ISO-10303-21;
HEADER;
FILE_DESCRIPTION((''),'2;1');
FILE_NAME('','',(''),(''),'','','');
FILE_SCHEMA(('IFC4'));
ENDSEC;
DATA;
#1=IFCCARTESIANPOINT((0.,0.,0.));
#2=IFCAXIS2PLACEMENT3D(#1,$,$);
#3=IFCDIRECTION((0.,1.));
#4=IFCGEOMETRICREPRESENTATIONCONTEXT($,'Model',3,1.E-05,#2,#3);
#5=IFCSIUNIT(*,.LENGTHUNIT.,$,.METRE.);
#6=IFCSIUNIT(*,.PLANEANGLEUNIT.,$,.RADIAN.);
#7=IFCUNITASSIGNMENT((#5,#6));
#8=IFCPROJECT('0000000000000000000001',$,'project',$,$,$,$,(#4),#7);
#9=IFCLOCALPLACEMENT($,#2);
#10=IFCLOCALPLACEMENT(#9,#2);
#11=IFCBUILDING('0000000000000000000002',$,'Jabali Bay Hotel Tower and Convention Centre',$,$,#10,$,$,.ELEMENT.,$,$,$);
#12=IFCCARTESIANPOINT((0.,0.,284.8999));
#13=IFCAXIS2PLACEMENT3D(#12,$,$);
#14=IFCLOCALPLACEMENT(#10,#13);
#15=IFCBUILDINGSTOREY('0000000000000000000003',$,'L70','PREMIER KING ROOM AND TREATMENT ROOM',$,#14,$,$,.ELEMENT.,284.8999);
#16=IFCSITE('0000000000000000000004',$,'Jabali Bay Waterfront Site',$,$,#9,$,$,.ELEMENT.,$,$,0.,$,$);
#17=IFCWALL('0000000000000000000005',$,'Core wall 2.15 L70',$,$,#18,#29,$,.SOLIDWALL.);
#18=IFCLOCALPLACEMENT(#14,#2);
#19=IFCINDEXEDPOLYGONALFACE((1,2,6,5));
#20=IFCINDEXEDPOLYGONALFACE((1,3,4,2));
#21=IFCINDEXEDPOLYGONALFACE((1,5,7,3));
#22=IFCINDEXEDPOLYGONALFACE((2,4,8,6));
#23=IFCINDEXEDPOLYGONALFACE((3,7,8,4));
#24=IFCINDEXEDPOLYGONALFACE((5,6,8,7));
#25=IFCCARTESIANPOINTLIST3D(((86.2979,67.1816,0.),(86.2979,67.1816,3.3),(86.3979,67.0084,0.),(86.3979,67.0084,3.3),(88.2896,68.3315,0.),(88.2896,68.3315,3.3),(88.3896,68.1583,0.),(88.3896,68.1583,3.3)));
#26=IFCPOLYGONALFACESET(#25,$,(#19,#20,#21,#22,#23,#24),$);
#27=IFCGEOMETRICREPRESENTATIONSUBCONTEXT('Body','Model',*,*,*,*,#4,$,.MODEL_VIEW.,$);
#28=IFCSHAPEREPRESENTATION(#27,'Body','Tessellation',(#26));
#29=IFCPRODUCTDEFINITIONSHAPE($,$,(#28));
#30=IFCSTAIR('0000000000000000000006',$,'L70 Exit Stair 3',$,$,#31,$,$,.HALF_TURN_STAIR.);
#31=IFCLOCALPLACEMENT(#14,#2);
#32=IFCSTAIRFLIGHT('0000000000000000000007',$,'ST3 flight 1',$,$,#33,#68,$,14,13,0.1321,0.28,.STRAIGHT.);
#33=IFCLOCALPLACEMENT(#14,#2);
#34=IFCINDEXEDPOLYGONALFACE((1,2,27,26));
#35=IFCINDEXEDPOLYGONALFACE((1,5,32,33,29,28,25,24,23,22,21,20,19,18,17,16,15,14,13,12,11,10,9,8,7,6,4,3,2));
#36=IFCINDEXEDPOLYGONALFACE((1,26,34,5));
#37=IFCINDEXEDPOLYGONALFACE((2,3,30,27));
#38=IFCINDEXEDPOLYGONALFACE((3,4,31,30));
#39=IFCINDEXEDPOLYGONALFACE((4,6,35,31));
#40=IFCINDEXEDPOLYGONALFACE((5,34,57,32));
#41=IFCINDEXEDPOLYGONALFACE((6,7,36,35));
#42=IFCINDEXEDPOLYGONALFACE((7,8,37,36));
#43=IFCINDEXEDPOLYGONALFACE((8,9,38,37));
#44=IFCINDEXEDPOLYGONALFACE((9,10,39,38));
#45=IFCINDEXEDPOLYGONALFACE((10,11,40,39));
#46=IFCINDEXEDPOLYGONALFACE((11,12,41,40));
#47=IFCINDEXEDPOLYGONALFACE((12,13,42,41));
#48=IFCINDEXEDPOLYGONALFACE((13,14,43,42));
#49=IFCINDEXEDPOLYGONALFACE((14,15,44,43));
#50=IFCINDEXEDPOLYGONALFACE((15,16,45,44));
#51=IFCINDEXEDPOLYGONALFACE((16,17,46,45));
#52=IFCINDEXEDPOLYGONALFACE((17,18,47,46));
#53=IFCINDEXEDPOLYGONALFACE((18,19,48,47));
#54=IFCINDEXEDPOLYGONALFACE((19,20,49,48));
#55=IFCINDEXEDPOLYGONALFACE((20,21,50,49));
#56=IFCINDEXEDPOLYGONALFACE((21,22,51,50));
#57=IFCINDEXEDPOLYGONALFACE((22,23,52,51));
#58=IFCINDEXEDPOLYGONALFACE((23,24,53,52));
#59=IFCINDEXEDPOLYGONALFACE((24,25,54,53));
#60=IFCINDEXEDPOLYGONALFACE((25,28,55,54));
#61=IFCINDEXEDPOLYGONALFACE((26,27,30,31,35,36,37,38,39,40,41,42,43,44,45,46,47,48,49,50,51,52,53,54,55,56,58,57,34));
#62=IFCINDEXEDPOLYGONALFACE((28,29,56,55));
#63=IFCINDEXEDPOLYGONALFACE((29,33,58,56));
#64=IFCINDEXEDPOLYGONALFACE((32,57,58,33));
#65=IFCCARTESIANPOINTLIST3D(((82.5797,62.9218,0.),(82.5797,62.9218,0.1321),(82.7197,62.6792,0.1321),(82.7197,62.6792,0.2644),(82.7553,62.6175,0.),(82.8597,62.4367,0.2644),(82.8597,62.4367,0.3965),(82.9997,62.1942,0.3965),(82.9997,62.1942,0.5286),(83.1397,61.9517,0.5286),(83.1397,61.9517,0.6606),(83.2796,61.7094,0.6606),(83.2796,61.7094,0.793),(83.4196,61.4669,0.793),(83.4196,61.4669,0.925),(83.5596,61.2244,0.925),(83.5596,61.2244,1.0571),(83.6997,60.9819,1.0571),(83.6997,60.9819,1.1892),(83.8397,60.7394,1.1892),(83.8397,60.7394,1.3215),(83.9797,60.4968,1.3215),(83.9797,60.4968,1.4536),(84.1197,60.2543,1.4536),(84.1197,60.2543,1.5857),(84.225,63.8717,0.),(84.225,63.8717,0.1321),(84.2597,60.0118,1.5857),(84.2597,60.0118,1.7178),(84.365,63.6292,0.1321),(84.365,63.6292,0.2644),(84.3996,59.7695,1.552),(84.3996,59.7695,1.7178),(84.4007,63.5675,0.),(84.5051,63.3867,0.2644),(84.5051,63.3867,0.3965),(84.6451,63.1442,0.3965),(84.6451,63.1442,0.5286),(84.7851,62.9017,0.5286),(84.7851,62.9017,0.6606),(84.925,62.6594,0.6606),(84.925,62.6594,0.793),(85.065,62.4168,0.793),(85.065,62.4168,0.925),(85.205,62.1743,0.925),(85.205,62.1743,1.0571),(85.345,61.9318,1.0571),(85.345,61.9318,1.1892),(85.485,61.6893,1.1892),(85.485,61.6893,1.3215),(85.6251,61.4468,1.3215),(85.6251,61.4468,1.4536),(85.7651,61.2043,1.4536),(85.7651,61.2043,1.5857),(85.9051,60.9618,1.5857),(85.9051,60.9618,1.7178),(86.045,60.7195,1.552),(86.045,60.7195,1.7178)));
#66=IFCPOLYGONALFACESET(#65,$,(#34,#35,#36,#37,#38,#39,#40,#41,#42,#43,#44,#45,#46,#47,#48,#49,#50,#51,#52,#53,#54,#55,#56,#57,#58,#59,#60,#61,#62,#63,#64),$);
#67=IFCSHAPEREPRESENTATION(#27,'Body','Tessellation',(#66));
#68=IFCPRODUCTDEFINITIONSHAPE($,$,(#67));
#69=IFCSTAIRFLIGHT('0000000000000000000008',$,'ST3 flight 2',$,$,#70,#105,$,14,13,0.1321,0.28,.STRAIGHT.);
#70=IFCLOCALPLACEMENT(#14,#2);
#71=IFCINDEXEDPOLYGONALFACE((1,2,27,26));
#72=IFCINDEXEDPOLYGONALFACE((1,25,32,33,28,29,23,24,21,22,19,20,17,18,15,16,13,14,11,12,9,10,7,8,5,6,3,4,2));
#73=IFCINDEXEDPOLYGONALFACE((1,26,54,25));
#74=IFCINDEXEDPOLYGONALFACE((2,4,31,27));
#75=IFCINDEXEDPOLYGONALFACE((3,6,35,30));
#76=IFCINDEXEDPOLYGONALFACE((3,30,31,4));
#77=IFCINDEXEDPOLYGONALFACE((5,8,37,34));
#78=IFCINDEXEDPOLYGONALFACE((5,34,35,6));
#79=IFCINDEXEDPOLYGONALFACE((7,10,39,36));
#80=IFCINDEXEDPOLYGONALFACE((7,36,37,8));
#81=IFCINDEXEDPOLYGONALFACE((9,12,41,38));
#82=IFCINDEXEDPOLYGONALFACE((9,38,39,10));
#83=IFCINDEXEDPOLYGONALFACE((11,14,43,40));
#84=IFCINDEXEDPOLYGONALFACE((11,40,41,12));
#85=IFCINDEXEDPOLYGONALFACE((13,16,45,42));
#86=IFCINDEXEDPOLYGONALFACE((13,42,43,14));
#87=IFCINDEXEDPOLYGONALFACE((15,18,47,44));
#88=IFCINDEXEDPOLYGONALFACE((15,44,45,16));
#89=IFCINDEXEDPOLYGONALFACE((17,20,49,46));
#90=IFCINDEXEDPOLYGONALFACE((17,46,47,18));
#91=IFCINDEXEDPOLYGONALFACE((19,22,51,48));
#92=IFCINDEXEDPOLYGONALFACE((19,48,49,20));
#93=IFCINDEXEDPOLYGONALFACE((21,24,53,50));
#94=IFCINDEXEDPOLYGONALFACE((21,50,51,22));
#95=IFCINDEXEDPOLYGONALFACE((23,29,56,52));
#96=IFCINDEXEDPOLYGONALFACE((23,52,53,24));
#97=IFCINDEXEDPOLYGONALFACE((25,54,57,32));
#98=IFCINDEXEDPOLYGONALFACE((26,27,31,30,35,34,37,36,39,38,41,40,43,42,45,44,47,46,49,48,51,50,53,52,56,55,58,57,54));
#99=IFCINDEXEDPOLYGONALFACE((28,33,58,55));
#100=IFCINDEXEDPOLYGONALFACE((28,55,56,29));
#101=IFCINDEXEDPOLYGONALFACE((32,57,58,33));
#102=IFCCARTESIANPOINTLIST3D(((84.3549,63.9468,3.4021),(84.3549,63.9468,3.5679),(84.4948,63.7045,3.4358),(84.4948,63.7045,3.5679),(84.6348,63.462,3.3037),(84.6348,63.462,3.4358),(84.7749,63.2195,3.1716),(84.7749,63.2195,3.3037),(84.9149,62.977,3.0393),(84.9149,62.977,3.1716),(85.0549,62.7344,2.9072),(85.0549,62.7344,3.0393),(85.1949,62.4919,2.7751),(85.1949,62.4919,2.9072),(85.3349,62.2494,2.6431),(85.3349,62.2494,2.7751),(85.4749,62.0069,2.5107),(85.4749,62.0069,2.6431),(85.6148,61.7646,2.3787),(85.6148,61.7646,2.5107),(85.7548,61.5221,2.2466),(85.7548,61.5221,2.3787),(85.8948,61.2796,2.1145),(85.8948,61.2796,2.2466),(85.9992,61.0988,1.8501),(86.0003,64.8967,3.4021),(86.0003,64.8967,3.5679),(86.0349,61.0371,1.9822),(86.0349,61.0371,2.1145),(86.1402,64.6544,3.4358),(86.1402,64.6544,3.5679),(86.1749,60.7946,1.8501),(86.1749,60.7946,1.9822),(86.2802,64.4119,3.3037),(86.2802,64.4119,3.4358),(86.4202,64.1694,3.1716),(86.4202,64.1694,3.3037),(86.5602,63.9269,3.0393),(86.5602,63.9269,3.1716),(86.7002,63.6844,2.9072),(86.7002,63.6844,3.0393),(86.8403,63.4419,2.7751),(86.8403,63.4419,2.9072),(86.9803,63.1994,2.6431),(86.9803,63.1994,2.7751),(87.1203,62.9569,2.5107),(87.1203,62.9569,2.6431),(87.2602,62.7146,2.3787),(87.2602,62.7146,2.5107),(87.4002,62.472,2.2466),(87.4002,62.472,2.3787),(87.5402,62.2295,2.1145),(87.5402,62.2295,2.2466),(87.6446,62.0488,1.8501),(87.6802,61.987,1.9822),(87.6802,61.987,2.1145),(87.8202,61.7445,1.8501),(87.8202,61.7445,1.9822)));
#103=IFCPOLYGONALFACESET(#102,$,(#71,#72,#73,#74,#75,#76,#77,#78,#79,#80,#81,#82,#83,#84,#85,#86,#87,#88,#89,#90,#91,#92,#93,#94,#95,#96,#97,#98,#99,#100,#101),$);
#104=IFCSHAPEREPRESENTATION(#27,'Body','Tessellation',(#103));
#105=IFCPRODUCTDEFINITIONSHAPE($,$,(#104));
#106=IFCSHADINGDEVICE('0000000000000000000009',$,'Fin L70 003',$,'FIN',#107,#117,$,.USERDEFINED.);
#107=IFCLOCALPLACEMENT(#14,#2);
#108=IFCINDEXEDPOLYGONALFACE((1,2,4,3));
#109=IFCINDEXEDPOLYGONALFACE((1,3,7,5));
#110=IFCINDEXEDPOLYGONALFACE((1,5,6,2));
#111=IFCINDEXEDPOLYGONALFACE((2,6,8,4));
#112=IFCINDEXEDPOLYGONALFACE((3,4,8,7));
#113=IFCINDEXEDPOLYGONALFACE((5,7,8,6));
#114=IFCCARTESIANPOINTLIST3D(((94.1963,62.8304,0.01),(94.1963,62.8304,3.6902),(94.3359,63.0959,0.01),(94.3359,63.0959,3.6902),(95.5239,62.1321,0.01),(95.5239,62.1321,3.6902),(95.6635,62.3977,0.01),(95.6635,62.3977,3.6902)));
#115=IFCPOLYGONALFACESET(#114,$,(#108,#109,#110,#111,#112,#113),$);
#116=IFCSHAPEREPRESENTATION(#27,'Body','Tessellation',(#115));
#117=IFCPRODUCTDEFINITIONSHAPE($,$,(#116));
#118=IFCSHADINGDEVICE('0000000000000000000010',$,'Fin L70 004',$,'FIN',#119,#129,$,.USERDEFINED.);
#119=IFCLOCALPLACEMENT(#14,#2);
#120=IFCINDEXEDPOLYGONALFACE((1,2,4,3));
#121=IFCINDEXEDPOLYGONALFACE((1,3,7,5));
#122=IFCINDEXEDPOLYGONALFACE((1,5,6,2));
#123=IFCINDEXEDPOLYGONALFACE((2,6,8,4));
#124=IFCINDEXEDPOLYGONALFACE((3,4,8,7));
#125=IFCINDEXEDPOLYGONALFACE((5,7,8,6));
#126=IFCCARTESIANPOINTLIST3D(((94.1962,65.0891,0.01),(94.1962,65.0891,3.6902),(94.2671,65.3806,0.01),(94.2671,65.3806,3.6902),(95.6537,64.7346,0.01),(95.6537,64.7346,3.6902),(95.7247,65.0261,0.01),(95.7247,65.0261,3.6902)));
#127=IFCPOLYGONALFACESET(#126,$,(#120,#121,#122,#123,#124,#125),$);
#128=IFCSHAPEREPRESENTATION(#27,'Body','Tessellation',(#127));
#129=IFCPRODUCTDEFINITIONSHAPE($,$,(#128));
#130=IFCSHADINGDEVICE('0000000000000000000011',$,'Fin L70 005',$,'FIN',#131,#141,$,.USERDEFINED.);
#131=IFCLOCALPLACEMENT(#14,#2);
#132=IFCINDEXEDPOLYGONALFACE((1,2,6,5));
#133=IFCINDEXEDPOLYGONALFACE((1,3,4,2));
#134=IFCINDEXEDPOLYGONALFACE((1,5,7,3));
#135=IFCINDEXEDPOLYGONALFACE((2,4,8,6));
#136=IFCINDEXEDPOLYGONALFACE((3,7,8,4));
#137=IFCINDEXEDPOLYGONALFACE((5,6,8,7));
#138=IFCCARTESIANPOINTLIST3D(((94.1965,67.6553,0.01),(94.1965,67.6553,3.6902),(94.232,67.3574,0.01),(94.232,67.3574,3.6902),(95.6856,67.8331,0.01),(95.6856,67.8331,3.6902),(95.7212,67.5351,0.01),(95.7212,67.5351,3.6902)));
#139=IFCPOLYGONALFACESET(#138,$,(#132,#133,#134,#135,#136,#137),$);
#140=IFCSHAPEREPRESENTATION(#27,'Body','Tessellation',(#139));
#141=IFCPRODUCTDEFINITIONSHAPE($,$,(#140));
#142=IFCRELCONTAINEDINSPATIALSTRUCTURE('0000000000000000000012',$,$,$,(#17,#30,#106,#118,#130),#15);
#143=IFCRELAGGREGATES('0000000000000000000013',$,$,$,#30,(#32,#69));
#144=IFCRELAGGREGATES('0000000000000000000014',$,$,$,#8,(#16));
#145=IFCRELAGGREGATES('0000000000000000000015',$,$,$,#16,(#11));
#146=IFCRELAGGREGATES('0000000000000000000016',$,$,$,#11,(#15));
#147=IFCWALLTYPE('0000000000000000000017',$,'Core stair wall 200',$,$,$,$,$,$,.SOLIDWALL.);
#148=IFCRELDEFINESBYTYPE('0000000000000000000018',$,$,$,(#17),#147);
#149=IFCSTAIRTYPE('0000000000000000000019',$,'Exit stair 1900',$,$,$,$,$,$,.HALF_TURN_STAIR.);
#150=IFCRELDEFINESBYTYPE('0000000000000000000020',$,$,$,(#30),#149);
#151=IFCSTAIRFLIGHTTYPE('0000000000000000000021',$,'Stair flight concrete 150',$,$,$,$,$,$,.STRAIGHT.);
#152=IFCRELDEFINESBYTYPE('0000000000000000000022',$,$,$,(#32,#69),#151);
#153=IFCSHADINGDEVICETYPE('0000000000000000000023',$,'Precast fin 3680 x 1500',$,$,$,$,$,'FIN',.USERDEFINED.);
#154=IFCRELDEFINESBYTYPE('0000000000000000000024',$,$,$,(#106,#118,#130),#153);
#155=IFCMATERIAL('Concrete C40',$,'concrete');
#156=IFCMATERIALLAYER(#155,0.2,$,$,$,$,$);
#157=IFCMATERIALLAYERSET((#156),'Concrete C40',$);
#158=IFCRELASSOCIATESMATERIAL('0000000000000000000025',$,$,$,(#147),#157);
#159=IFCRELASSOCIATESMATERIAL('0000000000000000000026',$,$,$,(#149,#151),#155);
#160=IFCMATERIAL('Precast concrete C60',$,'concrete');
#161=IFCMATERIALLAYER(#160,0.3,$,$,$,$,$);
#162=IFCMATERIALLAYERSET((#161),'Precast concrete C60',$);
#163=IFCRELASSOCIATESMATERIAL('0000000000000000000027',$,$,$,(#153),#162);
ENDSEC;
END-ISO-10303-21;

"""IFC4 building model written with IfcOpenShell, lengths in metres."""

from ifc_helpers import new_model, si_unit, direction, frame, frame_2d, origin, place, context, subcontext, project, spatial, polyline, rectangle, outline, extrude, material, layer, layer_set, type_object, element, aggregate, save


model = new_model("IFC4")

# Units and contexts
model_context = context("Model", 3, precision=1e-05, world=origin(), true_north=direction((0.0, 1.0)))
body_context = subcontext(model_context, "Body", "Model", "MODEL_VIEW")
ifc_project = project(units=[si_unit("LENGTHUNIT", "METRE"), si_unit("PLANEANGLEUNIT", "RADIAN")], contexts=[model_context])

# Site, building, storey
site_placement = place(None, origin())
site = spatial("IfcSite", under=ifc_project, at=site_placement, Name="Jabali Bay Waterfront Site", CompositionType="ELEMENT", RefElevation=0.0)
building_placement = place(site_placement, origin())
building = spatial("IfcBuilding", under=site, at=building_placement, Name="Jabali Bay Hotel Tower and Convention Centre", CompositionType="ELEMENT")
storey_placement = place(building_placement, frame((0.0, 0.0, 284.8999)))
storey = spatial("IfcBuildingStorey", under=building, at=storey_placement, Name="L70", Description="PREMIER KING ROOM AND TREATMENT ROOM", CompositionType="ELEMENT", Elevation=284.8999)

# Shared definitions
ifc_material_1 = material(Name="Concrete C40", Category="concrete")
ifc_layer_1 = layer(ifc_material_1, 0.2)
ifc_layer_set_1 = layer_set([ifc_layer_1], Name="Concrete C40")
wall_type_1 = type_object("IfcWallType", Name="Core stair wall 200", PredefinedType="SOLIDWALL", material=ifc_layer_set_1)

# Wall
wall_1_placement = place(storey_placement, frame((86.3479, 67.095, 0.0), z_axis=(0.0, 0.0, 1.0), x_axis=(0.866026, 0.499998, 0.0)))
element("IfcWall", 1, at=wall_1_placement, inside=storey, type_object=wall_type_1, Name="Core wall 2.15 L70", PredefinedType="SOLIDWALL", context=body_context, shape_type="SweptSolid", body=[
    extrude(rectangle(XDim=2.2998, YDim=0.2, at=frame_2d((1.1499, 0.0))), origin(), (0.0, 0.0, 1.0), 3.3),
])

# Stair, stair flights
stair_type = type_object("IfcStairType", Name="Exit stair 1900", PredefinedType="HALF_TURN_STAIR", material=ifc_material_1)
stair_placement = place(storey_placement, origin())
stair = element("IfcStair", 2, at=stair_placement, inside=storey, type_object=stair_type, Name="L70 Exit Stair 3", PredefinedType="HALF_TURN_STAIR")
stair_flight_type = type_object("IfcStairFlightType", Name="Stair flight concrete 150", PredefinedType="STRAIGHT", material=ifc_material_1)
stair_flight_1_placement = place(storey_placement, frame((83.4023, 63.3967, 0.0), z_axis=(0.0, 0.0, 1.0), x_axis=(0.5, -0.866025, 0.0)))
stair_flight_1 = element("IfcStairFlight", 3, at=stair_flight_1_placement, type_object=stair_flight_type, Name="ST3 flight 1", NumberOfRisers=14, NumberOfTreads=13, PredefinedType="STRAIGHT", RiserHeight=0.1321, TreadLength=0.28, context=body_context, shape_type="SweptSolid", body=[
    extrude(outline(polyline([(0.0, 0.0), (0.0, 0.1321), (0.28, 0.1321), (0.28, 0.2644), (0.5601, 0.2644), (0.5601, 0.3965), (0.8401, 0.3965), (0.8401, 0.5286), (1.1201, 0.5286), (1.1201, 0.6606), (1.3999, 0.6606), (1.3999, 0.793), (1.6799, 0.793), (1.6799, 0.925), (1.96, 0.925), (1.96, 1.0571), (2.24, 1.0571), (2.24, 1.1892), (2.52, 1.1892), (2.52, 1.3215), (2.8, 1.3215), (2.8, 1.4536), (3.0801, 1.4536), (3.0801, 1.5857), (3.3601, 1.5857), (3.3601, 1.7178), (3.6399, 1.7178), (3.6399, 1.8501), (3.6399, 1.552), (0.3513, 0.0), (0.0, 0.0)])), frame((0.0, 0.95, 0.0), z_axis=(0.0, -1.0, 0.0), x_axis=(1.0, 0.0, 0.0)), (0.0, 0.0, 1.0), 1.8999),
])
stair_flight_2_placement = place(storey_placement, frame((86.9976, 61.2695, 1.8501), z_axis=(0.0, 0.0, 1.0), x_axis=(-0.5, 0.866025, 0.0)))
stair_flight_2 = element("IfcStairFlight", 4, at=stair_flight_2_placement, type_object=stair_flight_type, Name="ST3 flight 2", NumberOfRisers=14, NumberOfTreads=13, PredefinedType="STRAIGHT", RiserHeight=0.1321, TreadLength=0.28, context=body_context, shape_type="SweptSolid", body=[
    extrude(outline(polyline([(0.0, 0.0), (0.0, 0.1321), (0.28, 0.1321), (0.28, 0.2644), (0.5601, 0.2644), (0.5601, 0.3965), (0.8401, 0.3965), (0.8401, 0.5286), (1.1201, 0.5286), (1.1201, 0.6606), (1.3999, 0.6606), (1.3999, 0.793), (1.6799, 0.793), (1.6799, 0.925), (1.96, 0.925), (1.96, 1.0571), (2.24, 1.0571), (2.24, 1.1892), (2.52, 1.1892), (2.52, 1.3215), (2.8, 1.3215), (2.8, 1.4536), (3.0801, 1.4536), (3.0801, 1.5857), (3.3601, 1.5857), (3.3601, 1.7178), (3.6399, 1.7178), (3.6399, 1.8501), (3.6399, 1.552), (0.3513, 0.0), (0.0, 0.0)])), frame((0.0, 0.95, 0.0), z_axis=(0.0, -1.0, 0.0), x_axis=(1.0, 0.0, 0.0)), (0.0, 0.0, 1.0), 1.8999),
])
aggregate(stair, [stair_flight_1, stair_flight_2])

# Shading devices
ifc_material_2 = material(Name="Precast concrete C60", Category="concrete")
ifc_layer_2 = layer(ifc_material_2, 0.3)
ifc_layer_set_2 = layer_set([ifc_layer_2], Name="Precast concrete C60")
shading_device_type = type_object("IfcShadingDeviceType", Name="Precast fin 3680 x 1500", ElementType="FIN", PredefinedType="USERDEFINED", material=ifc_layer_set_2)
for number, where, z_axis, x_axis, name in (
    (5, (94.2661, 62.9631, 0.01), (0.0, 0.0, 1.0), (0.885059, -0.465478, 0.0), "Fin L70 003"),
    (6, (94.2317, 65.2349, 0.01), (0.0, 0.0, 1.0), (0.971674, -0.236327, 0.0), "Fin L70 004"),
):
    element("IfcShadingDevice", number, at=place(storey_placement, frame(where, z_axis=z_axis, x_axis=x_axis)), inside=storey, type_object=shading_device_type, Name=name, ObjectType="FIN", PredefinedType="USERDEFINED", context=body_context, shape_type="SweptSolid", body=[
        extrude(rectangle(XDim=1.5, YDim=0.3, at=frame_2d((0.75, 0.0))), origin(), (0.0, 0.0, 1.0), 3.6802),
    ])
shading_device_placement = place(storey_placement, frame((94.2141, 67.5063, 0.01), z_axis=(0.0, 0.0, 1.0), x_axis=(0.992954, 0.118503, 0.0)))
element("IfcShadingDevice", 7, at=shading_device_placement, inside=storey, type_object=shading_device_type, Name="Fin L70 005", ObjectType="FIN", PredefinedType="USERDEFINED", context=body_context, shape_type="SweptSolid", body=[
    extrude(rectangle(XDim=1.4998, YDim=0.3, at=frame_2d((0.75, 0.0))), origin(), (0.0, 0.0, 1.0), 3.6802),
])

save(model, "model.ifc")
